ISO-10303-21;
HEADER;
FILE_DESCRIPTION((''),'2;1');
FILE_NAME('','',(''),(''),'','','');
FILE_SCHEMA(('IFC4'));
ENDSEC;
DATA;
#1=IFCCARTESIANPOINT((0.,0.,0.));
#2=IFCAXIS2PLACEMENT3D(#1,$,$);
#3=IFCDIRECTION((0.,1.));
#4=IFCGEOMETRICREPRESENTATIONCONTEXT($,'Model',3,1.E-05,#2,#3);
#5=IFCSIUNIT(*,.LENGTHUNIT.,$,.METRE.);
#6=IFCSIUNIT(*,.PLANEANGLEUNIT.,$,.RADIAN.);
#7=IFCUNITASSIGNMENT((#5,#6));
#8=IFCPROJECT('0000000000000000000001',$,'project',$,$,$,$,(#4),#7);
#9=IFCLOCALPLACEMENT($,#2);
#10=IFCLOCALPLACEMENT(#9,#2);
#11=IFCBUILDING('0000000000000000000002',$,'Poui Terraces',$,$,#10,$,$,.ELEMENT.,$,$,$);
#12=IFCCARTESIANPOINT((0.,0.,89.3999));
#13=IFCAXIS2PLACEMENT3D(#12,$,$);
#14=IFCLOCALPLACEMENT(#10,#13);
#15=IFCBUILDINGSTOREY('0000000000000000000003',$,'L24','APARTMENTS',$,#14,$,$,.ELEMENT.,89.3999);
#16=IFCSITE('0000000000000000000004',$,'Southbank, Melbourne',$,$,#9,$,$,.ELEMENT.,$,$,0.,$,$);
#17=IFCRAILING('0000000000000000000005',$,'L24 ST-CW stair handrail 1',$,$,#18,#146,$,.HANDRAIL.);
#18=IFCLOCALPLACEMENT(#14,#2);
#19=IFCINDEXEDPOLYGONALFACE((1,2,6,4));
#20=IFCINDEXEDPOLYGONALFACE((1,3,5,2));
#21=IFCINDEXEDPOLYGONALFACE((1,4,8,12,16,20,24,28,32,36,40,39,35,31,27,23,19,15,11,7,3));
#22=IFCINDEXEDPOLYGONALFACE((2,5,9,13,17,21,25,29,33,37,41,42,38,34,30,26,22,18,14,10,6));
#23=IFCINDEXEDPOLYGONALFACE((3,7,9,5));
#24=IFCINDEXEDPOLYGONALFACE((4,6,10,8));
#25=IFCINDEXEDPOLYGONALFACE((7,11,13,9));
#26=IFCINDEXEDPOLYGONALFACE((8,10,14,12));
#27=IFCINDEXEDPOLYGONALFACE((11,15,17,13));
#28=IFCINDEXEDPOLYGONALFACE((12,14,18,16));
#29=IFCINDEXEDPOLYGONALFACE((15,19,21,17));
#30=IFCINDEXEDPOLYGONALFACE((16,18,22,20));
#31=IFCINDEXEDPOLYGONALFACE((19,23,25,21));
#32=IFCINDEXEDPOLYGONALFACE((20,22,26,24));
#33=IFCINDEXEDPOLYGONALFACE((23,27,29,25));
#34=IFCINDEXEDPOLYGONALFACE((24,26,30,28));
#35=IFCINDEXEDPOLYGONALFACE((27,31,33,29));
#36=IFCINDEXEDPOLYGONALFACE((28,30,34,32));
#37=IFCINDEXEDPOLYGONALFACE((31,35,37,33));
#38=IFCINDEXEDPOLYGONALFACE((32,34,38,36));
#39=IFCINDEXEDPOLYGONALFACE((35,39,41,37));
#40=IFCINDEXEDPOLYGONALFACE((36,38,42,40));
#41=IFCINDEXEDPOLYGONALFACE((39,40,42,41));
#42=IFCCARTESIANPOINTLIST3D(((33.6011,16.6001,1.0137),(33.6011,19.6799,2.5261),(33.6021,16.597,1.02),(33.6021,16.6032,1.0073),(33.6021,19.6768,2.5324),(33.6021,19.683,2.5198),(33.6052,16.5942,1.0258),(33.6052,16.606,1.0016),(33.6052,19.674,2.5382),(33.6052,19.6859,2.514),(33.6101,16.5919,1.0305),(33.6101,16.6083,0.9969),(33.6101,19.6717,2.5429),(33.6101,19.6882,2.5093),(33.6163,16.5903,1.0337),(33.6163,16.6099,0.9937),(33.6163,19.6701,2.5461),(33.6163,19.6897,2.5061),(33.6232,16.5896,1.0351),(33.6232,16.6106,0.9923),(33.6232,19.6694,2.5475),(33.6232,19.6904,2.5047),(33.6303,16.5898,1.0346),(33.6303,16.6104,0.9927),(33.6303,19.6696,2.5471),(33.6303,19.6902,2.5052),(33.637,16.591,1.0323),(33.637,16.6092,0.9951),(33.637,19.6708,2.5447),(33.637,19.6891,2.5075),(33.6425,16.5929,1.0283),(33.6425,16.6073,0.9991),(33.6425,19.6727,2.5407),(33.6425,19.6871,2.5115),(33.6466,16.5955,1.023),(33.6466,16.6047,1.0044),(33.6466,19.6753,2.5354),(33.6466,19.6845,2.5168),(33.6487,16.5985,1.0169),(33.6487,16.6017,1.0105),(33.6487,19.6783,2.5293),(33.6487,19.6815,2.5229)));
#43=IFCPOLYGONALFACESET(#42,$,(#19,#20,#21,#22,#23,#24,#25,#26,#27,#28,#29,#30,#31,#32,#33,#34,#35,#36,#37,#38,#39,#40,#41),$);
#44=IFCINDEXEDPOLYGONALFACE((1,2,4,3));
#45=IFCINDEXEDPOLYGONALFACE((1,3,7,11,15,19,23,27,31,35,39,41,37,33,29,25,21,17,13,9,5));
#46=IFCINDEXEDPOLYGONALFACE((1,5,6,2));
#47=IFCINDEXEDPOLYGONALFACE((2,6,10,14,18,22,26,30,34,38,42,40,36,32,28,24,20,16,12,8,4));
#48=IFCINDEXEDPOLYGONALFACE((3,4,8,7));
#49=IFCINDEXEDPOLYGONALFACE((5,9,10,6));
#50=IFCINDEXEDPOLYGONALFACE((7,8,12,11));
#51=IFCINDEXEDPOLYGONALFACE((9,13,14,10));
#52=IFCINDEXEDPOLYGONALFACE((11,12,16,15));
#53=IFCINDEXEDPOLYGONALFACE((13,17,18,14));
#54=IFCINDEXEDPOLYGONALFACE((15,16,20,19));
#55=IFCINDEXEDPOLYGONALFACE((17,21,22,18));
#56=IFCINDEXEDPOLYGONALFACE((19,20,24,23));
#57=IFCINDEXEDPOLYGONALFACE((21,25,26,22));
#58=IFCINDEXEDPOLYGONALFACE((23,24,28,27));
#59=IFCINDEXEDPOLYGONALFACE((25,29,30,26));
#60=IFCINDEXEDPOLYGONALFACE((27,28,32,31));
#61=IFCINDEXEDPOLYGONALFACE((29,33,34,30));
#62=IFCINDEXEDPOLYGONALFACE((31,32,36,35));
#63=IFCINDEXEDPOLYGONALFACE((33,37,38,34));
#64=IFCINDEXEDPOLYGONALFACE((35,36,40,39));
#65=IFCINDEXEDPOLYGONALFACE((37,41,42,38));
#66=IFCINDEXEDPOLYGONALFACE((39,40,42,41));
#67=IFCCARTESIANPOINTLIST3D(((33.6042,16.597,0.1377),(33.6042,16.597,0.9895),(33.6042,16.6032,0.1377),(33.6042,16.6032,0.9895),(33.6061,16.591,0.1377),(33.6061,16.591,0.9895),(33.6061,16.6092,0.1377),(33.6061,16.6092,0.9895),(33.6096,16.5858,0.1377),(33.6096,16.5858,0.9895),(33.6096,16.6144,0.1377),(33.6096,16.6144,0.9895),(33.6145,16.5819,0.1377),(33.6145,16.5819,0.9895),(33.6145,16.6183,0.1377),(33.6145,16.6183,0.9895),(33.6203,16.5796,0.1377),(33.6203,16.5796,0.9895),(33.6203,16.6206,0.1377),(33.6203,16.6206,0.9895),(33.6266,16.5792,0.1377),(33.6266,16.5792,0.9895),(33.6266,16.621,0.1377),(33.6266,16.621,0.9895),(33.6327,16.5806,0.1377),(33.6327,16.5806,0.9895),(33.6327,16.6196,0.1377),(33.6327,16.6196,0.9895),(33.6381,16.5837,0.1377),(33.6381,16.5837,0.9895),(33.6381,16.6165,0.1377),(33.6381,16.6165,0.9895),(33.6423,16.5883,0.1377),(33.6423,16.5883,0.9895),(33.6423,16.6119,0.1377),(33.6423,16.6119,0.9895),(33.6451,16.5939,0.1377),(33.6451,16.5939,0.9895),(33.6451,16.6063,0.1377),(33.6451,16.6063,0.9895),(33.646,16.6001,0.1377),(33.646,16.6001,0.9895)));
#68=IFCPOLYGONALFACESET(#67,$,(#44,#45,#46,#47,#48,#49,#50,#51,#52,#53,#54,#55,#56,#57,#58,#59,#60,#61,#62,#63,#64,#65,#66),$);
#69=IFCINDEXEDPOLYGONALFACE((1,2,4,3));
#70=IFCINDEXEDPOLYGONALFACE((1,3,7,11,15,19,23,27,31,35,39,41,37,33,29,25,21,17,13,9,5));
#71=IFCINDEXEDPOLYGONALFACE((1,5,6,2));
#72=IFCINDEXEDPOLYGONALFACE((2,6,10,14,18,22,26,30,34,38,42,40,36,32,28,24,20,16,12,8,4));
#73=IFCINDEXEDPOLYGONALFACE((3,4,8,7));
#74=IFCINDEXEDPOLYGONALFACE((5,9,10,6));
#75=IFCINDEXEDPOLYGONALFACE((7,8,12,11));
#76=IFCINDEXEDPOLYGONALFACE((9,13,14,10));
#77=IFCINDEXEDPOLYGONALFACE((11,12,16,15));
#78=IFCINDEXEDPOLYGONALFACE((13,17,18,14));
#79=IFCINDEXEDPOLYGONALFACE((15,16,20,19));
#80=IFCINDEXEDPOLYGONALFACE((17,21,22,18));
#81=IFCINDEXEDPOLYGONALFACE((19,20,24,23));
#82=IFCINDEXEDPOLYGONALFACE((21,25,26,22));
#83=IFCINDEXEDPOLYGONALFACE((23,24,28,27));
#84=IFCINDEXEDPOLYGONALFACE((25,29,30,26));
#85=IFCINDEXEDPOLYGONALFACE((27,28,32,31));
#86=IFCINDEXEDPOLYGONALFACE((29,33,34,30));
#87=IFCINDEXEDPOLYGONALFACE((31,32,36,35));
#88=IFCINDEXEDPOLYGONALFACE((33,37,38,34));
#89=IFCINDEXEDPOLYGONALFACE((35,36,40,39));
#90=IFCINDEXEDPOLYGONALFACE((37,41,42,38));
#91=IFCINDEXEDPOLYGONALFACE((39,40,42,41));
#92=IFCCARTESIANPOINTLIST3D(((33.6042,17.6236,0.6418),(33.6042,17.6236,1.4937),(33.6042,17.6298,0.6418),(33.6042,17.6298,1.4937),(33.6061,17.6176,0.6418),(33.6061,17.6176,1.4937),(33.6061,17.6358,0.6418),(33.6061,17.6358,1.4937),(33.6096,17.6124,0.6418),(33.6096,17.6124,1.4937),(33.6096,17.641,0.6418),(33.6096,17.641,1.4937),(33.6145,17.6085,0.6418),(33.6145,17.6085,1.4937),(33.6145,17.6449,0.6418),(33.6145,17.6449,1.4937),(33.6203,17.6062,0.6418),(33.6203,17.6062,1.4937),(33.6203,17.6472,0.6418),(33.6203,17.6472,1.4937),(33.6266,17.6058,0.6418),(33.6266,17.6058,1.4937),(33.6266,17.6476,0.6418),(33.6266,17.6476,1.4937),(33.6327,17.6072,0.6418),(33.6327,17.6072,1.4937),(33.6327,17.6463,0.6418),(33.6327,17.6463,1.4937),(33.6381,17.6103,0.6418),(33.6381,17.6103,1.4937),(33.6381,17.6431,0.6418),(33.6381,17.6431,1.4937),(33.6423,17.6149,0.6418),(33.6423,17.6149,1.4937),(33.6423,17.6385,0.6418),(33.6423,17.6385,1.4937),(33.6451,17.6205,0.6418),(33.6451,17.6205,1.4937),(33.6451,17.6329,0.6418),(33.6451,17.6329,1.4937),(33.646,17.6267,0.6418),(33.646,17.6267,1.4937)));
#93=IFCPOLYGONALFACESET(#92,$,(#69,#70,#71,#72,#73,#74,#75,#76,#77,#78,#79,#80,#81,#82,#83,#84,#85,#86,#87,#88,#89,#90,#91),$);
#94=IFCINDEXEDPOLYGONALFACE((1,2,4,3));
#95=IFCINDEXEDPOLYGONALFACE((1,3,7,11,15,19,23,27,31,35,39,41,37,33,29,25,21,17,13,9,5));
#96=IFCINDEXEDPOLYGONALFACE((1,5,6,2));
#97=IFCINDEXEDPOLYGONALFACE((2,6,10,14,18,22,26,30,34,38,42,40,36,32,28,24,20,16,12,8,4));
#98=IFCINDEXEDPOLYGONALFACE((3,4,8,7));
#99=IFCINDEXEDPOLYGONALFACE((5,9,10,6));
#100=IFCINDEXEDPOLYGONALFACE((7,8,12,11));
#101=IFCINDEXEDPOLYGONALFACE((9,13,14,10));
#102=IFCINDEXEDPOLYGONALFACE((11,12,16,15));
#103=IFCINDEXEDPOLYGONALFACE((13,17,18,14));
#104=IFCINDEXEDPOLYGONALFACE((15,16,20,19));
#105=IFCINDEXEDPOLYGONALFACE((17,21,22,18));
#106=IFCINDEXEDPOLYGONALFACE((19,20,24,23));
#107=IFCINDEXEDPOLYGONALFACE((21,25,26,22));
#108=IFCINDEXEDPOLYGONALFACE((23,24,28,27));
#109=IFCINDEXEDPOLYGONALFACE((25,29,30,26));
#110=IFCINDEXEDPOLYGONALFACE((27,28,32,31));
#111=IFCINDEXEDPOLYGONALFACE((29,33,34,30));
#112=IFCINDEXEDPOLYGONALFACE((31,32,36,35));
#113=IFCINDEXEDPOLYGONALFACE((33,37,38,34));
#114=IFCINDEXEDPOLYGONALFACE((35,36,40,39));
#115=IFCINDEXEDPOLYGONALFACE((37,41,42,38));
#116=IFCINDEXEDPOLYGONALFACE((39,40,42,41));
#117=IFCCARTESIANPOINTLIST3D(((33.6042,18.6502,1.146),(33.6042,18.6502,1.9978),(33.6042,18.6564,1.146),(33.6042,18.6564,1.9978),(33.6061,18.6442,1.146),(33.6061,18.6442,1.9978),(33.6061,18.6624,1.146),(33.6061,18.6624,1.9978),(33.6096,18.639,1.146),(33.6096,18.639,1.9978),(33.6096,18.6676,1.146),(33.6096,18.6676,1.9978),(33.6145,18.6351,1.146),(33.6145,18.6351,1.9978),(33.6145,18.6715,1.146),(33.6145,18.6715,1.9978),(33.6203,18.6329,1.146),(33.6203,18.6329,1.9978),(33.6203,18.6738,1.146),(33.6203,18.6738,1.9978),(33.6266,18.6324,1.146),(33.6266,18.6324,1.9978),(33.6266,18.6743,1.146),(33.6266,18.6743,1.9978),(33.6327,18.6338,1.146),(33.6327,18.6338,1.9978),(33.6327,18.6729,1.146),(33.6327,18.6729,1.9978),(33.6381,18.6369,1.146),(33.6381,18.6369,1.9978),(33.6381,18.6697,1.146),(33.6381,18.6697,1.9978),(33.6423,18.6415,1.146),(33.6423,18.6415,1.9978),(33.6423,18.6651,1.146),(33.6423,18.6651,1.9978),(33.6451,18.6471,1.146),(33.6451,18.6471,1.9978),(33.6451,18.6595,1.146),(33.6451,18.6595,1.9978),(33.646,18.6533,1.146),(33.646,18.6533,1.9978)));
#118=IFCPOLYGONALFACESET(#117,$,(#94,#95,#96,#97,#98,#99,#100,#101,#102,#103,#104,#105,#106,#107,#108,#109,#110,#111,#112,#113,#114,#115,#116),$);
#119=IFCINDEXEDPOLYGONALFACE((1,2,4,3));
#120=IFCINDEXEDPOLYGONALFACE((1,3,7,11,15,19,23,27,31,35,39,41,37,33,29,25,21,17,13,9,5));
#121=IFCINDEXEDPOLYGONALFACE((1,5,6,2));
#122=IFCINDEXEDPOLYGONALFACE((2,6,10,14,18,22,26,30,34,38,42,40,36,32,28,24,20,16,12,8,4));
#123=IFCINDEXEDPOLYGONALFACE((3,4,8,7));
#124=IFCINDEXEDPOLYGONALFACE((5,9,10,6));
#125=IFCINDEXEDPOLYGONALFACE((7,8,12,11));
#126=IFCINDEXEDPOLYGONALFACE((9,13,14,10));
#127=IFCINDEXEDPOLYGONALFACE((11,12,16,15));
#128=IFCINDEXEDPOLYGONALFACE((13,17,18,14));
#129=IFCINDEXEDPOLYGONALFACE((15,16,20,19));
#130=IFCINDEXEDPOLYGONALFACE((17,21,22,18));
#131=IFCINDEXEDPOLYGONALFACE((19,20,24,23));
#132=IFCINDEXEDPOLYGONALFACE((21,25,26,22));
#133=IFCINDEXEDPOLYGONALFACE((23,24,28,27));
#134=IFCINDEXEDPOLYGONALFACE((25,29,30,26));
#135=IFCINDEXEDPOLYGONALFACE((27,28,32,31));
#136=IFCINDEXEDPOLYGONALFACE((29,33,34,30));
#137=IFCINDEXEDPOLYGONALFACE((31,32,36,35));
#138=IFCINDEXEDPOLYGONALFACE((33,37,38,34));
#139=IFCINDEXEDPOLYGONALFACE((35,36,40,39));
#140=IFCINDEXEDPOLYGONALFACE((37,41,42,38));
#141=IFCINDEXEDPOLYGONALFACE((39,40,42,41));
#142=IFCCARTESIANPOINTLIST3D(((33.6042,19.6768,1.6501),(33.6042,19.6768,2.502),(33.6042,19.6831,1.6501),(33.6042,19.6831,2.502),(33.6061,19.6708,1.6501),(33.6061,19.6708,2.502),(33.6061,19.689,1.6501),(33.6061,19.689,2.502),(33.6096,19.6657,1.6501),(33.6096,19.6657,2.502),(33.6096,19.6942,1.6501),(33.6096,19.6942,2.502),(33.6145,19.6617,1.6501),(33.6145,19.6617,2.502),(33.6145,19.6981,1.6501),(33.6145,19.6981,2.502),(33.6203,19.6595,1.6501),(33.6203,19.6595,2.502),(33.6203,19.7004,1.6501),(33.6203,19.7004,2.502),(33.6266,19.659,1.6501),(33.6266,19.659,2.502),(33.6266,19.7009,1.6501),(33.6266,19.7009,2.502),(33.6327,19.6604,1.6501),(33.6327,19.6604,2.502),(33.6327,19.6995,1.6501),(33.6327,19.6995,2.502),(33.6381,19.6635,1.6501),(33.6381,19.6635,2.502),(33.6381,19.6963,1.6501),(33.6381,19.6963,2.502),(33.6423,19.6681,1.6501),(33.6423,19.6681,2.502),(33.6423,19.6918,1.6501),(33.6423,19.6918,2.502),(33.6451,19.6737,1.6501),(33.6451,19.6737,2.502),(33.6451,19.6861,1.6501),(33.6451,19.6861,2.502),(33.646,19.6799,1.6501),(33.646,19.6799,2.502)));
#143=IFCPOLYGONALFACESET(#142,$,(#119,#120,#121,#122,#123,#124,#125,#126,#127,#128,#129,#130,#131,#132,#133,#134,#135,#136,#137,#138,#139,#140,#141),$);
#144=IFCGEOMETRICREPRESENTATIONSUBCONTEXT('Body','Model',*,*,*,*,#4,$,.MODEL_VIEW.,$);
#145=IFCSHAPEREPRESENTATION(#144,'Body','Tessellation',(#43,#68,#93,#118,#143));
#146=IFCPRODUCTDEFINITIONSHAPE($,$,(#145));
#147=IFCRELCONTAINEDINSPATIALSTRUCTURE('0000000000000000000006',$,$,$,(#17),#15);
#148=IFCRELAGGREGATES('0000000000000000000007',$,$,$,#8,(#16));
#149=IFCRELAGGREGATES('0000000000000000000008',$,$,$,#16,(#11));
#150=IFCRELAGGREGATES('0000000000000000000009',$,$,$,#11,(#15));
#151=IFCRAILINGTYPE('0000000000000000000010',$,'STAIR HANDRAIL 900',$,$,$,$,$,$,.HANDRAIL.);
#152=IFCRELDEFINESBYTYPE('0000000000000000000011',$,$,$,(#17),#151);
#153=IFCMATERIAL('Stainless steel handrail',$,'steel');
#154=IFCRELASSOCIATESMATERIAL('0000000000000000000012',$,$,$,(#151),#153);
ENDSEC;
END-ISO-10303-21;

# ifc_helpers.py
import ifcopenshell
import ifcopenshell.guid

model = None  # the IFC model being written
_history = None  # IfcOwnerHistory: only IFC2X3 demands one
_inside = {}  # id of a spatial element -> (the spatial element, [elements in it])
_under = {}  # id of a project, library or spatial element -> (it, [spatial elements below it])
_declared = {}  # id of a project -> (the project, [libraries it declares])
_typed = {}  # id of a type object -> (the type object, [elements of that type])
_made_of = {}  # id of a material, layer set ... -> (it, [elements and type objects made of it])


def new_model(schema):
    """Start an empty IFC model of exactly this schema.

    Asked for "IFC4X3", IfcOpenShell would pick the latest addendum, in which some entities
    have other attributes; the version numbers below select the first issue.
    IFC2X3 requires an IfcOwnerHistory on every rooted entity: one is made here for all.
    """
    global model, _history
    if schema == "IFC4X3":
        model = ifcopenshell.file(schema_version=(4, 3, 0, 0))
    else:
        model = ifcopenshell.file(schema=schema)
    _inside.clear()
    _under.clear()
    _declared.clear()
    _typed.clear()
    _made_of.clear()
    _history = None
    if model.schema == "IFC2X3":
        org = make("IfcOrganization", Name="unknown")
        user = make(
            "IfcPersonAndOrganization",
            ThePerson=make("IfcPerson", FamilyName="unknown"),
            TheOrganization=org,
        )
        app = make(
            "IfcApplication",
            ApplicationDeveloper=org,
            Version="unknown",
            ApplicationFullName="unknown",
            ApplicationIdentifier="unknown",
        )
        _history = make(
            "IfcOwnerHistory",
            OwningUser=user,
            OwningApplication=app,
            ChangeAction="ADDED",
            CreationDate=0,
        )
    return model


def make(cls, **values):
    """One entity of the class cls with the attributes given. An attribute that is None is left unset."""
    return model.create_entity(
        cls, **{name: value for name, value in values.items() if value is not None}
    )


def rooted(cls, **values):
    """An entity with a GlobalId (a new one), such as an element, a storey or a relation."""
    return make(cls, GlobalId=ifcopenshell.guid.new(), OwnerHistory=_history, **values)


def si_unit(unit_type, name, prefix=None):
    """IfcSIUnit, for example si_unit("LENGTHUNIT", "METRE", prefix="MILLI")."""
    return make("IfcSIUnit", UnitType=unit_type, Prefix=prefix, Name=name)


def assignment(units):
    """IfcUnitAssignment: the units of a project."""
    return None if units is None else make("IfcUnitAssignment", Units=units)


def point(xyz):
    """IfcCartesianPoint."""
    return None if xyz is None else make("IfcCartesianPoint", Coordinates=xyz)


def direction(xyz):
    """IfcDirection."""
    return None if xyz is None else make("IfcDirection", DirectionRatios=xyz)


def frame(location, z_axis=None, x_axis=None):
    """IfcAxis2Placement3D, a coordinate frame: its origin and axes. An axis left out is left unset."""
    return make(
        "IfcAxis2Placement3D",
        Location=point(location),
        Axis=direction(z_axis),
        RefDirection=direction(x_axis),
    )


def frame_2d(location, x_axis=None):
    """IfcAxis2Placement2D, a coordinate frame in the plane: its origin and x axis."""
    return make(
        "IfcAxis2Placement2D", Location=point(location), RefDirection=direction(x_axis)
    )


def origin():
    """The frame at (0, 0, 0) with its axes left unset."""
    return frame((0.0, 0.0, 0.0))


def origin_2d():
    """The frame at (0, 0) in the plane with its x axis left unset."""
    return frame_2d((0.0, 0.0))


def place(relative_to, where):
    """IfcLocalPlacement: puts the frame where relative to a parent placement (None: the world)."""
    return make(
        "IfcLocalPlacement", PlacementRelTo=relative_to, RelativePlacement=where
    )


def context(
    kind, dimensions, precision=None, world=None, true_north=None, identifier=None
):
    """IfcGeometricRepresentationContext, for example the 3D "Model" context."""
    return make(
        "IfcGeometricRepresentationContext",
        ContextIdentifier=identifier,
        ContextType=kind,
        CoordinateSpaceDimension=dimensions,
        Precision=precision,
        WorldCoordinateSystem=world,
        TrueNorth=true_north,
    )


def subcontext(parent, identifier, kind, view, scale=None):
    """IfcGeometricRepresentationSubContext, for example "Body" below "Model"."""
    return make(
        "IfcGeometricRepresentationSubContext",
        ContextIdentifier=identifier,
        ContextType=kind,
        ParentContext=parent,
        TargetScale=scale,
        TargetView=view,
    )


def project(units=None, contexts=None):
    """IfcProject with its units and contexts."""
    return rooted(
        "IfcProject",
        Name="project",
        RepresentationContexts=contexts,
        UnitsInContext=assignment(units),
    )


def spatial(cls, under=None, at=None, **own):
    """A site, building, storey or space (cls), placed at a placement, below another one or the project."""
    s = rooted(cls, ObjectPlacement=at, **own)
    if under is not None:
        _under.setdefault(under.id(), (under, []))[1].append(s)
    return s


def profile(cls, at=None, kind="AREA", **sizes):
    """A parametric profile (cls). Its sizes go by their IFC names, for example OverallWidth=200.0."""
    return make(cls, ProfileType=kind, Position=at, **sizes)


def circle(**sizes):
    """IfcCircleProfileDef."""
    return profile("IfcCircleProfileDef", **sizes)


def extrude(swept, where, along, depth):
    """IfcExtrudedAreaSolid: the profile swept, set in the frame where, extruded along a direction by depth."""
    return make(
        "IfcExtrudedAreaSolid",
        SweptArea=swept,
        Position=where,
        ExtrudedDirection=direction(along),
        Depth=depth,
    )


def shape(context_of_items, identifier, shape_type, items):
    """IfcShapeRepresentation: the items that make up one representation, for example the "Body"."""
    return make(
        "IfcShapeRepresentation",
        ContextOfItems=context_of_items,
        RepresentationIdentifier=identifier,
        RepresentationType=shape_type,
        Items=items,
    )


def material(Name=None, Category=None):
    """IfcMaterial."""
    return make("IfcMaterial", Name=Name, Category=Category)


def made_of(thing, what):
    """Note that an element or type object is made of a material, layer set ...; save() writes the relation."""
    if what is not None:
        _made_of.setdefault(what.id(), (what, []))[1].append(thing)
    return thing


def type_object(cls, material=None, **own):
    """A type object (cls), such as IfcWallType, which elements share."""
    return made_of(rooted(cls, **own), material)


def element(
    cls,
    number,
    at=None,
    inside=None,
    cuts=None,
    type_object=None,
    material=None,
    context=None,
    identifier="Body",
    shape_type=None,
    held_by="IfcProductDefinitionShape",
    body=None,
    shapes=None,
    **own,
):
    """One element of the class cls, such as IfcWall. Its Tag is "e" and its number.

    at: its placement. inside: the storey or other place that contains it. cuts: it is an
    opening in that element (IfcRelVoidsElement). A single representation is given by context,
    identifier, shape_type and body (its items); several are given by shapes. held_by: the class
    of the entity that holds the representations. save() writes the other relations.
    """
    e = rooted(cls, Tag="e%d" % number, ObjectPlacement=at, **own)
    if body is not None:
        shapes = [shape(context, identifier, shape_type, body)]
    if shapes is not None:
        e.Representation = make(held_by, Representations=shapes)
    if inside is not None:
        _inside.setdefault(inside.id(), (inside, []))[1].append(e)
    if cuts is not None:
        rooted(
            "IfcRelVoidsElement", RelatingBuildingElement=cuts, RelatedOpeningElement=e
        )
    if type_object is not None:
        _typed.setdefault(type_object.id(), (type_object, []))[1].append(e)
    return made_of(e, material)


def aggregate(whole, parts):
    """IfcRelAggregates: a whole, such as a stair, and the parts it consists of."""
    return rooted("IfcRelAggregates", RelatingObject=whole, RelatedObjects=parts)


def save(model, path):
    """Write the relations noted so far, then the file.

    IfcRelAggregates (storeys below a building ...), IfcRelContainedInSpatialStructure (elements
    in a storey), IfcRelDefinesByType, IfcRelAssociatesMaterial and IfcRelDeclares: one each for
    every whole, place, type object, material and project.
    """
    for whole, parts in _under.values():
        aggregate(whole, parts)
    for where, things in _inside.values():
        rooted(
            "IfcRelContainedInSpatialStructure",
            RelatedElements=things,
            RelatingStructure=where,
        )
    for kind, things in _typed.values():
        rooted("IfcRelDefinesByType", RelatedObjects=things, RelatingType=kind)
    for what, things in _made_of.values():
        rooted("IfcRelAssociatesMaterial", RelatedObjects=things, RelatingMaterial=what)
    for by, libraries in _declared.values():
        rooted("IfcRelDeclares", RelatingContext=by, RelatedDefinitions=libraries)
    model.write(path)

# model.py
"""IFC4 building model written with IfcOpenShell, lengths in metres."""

from ifc_helpers import new_model, si_unit, direction, frame, origin, origin_2d, place, context, subcontext, project, spatial, circle, extrude, material, type_object, element, save


model = new_model("IFC4")

# Units and contexts
model_context = context("Model", 3, precision=1e-05, world=origin(), true_north=direction((0.0, 1.0)))
body_context = subcontext(model_context, "Body", "Model", "MODEL_VIEW")
ifc_project = project(units=[si_unit("LENGTHUNIT", "METRE"), si_unit("PLANEANGLEUNIT", "RADIAN")], contexts=[model_context])

# Site, building, storey
site_placement = place(None, origin())
site = spatial("IfcSite", under=ifc_project, at=site_placement, Name="Southbank, Melbourne", CompositionType="ELEMENT", RefElevation=0.0)
building_placement = place(site_placement, origin())
building = spatial("IfcBuilding", under=site, at=building_placement, Name="Poui Terraces", CompositionType="ELEMENT")
storey_placement = place(building_placement, frame((0.0, 0.0, 89.3999)))
storey = spatial("IfcBuildingStorey", under=building, at=storey_placement, Name="L24", Description="APARTMENTS", CompositionType="ELEMENT", Elevation=89.3999)

# Railing
ifc_material_1 = material(Name="Stainless steel handrail", Category="steel")
railing_type_1 = type_object("IfcRailingType", Name="STAIR HANDRAIL 900", PredefinedType="HANDRAIL", material=ifc_material_1)
railing_1_placement = place(storey_placement, frame((33.625, 16.6001, 0.1377)))
element("IfcRailing", 1, at=railing_1_placement, inside=storey, type_object=railing_type_1, Name="L24 ST-CW stair handrail 1", PredefinedType="HANDRAIL", context=body_context, shape_type="SweptSolid", body=[
    extrude(circle(Radius=0.0239, at=origin_2d()), frame((0.0, 0.0, 0.876), z_axis=(0.0, 0.897606, 0.440798), x_axis=(-1.0, 0.0, 0.0)), (0.0, 0.0, 1.0), 3.4312),
    extrude(circle(Radius=0.021, at=origin_2d()), origin(), (0.0, 0.0, 1.0), 0.8518),
    extrude(circle(Radius=0.021, at=origin_2d()), frame((0.0, 1.0266, 0.5042)), (0.0, 0.0, 1.0), 0.8518),
    extrude(circle(Radius=0.021, at=origin_2d()), frame((0.0, 2.0532, 1.0083)), (0.0, 0.0, 1.0), 0.8518),
    extrude(circle(Radius=0.021, at=origin_2d()), frame((0.0, 3.0798, 1.5125)), (0.0, 0.0, 1.0), 0.8518),
])

save(model, "model.ifc")
